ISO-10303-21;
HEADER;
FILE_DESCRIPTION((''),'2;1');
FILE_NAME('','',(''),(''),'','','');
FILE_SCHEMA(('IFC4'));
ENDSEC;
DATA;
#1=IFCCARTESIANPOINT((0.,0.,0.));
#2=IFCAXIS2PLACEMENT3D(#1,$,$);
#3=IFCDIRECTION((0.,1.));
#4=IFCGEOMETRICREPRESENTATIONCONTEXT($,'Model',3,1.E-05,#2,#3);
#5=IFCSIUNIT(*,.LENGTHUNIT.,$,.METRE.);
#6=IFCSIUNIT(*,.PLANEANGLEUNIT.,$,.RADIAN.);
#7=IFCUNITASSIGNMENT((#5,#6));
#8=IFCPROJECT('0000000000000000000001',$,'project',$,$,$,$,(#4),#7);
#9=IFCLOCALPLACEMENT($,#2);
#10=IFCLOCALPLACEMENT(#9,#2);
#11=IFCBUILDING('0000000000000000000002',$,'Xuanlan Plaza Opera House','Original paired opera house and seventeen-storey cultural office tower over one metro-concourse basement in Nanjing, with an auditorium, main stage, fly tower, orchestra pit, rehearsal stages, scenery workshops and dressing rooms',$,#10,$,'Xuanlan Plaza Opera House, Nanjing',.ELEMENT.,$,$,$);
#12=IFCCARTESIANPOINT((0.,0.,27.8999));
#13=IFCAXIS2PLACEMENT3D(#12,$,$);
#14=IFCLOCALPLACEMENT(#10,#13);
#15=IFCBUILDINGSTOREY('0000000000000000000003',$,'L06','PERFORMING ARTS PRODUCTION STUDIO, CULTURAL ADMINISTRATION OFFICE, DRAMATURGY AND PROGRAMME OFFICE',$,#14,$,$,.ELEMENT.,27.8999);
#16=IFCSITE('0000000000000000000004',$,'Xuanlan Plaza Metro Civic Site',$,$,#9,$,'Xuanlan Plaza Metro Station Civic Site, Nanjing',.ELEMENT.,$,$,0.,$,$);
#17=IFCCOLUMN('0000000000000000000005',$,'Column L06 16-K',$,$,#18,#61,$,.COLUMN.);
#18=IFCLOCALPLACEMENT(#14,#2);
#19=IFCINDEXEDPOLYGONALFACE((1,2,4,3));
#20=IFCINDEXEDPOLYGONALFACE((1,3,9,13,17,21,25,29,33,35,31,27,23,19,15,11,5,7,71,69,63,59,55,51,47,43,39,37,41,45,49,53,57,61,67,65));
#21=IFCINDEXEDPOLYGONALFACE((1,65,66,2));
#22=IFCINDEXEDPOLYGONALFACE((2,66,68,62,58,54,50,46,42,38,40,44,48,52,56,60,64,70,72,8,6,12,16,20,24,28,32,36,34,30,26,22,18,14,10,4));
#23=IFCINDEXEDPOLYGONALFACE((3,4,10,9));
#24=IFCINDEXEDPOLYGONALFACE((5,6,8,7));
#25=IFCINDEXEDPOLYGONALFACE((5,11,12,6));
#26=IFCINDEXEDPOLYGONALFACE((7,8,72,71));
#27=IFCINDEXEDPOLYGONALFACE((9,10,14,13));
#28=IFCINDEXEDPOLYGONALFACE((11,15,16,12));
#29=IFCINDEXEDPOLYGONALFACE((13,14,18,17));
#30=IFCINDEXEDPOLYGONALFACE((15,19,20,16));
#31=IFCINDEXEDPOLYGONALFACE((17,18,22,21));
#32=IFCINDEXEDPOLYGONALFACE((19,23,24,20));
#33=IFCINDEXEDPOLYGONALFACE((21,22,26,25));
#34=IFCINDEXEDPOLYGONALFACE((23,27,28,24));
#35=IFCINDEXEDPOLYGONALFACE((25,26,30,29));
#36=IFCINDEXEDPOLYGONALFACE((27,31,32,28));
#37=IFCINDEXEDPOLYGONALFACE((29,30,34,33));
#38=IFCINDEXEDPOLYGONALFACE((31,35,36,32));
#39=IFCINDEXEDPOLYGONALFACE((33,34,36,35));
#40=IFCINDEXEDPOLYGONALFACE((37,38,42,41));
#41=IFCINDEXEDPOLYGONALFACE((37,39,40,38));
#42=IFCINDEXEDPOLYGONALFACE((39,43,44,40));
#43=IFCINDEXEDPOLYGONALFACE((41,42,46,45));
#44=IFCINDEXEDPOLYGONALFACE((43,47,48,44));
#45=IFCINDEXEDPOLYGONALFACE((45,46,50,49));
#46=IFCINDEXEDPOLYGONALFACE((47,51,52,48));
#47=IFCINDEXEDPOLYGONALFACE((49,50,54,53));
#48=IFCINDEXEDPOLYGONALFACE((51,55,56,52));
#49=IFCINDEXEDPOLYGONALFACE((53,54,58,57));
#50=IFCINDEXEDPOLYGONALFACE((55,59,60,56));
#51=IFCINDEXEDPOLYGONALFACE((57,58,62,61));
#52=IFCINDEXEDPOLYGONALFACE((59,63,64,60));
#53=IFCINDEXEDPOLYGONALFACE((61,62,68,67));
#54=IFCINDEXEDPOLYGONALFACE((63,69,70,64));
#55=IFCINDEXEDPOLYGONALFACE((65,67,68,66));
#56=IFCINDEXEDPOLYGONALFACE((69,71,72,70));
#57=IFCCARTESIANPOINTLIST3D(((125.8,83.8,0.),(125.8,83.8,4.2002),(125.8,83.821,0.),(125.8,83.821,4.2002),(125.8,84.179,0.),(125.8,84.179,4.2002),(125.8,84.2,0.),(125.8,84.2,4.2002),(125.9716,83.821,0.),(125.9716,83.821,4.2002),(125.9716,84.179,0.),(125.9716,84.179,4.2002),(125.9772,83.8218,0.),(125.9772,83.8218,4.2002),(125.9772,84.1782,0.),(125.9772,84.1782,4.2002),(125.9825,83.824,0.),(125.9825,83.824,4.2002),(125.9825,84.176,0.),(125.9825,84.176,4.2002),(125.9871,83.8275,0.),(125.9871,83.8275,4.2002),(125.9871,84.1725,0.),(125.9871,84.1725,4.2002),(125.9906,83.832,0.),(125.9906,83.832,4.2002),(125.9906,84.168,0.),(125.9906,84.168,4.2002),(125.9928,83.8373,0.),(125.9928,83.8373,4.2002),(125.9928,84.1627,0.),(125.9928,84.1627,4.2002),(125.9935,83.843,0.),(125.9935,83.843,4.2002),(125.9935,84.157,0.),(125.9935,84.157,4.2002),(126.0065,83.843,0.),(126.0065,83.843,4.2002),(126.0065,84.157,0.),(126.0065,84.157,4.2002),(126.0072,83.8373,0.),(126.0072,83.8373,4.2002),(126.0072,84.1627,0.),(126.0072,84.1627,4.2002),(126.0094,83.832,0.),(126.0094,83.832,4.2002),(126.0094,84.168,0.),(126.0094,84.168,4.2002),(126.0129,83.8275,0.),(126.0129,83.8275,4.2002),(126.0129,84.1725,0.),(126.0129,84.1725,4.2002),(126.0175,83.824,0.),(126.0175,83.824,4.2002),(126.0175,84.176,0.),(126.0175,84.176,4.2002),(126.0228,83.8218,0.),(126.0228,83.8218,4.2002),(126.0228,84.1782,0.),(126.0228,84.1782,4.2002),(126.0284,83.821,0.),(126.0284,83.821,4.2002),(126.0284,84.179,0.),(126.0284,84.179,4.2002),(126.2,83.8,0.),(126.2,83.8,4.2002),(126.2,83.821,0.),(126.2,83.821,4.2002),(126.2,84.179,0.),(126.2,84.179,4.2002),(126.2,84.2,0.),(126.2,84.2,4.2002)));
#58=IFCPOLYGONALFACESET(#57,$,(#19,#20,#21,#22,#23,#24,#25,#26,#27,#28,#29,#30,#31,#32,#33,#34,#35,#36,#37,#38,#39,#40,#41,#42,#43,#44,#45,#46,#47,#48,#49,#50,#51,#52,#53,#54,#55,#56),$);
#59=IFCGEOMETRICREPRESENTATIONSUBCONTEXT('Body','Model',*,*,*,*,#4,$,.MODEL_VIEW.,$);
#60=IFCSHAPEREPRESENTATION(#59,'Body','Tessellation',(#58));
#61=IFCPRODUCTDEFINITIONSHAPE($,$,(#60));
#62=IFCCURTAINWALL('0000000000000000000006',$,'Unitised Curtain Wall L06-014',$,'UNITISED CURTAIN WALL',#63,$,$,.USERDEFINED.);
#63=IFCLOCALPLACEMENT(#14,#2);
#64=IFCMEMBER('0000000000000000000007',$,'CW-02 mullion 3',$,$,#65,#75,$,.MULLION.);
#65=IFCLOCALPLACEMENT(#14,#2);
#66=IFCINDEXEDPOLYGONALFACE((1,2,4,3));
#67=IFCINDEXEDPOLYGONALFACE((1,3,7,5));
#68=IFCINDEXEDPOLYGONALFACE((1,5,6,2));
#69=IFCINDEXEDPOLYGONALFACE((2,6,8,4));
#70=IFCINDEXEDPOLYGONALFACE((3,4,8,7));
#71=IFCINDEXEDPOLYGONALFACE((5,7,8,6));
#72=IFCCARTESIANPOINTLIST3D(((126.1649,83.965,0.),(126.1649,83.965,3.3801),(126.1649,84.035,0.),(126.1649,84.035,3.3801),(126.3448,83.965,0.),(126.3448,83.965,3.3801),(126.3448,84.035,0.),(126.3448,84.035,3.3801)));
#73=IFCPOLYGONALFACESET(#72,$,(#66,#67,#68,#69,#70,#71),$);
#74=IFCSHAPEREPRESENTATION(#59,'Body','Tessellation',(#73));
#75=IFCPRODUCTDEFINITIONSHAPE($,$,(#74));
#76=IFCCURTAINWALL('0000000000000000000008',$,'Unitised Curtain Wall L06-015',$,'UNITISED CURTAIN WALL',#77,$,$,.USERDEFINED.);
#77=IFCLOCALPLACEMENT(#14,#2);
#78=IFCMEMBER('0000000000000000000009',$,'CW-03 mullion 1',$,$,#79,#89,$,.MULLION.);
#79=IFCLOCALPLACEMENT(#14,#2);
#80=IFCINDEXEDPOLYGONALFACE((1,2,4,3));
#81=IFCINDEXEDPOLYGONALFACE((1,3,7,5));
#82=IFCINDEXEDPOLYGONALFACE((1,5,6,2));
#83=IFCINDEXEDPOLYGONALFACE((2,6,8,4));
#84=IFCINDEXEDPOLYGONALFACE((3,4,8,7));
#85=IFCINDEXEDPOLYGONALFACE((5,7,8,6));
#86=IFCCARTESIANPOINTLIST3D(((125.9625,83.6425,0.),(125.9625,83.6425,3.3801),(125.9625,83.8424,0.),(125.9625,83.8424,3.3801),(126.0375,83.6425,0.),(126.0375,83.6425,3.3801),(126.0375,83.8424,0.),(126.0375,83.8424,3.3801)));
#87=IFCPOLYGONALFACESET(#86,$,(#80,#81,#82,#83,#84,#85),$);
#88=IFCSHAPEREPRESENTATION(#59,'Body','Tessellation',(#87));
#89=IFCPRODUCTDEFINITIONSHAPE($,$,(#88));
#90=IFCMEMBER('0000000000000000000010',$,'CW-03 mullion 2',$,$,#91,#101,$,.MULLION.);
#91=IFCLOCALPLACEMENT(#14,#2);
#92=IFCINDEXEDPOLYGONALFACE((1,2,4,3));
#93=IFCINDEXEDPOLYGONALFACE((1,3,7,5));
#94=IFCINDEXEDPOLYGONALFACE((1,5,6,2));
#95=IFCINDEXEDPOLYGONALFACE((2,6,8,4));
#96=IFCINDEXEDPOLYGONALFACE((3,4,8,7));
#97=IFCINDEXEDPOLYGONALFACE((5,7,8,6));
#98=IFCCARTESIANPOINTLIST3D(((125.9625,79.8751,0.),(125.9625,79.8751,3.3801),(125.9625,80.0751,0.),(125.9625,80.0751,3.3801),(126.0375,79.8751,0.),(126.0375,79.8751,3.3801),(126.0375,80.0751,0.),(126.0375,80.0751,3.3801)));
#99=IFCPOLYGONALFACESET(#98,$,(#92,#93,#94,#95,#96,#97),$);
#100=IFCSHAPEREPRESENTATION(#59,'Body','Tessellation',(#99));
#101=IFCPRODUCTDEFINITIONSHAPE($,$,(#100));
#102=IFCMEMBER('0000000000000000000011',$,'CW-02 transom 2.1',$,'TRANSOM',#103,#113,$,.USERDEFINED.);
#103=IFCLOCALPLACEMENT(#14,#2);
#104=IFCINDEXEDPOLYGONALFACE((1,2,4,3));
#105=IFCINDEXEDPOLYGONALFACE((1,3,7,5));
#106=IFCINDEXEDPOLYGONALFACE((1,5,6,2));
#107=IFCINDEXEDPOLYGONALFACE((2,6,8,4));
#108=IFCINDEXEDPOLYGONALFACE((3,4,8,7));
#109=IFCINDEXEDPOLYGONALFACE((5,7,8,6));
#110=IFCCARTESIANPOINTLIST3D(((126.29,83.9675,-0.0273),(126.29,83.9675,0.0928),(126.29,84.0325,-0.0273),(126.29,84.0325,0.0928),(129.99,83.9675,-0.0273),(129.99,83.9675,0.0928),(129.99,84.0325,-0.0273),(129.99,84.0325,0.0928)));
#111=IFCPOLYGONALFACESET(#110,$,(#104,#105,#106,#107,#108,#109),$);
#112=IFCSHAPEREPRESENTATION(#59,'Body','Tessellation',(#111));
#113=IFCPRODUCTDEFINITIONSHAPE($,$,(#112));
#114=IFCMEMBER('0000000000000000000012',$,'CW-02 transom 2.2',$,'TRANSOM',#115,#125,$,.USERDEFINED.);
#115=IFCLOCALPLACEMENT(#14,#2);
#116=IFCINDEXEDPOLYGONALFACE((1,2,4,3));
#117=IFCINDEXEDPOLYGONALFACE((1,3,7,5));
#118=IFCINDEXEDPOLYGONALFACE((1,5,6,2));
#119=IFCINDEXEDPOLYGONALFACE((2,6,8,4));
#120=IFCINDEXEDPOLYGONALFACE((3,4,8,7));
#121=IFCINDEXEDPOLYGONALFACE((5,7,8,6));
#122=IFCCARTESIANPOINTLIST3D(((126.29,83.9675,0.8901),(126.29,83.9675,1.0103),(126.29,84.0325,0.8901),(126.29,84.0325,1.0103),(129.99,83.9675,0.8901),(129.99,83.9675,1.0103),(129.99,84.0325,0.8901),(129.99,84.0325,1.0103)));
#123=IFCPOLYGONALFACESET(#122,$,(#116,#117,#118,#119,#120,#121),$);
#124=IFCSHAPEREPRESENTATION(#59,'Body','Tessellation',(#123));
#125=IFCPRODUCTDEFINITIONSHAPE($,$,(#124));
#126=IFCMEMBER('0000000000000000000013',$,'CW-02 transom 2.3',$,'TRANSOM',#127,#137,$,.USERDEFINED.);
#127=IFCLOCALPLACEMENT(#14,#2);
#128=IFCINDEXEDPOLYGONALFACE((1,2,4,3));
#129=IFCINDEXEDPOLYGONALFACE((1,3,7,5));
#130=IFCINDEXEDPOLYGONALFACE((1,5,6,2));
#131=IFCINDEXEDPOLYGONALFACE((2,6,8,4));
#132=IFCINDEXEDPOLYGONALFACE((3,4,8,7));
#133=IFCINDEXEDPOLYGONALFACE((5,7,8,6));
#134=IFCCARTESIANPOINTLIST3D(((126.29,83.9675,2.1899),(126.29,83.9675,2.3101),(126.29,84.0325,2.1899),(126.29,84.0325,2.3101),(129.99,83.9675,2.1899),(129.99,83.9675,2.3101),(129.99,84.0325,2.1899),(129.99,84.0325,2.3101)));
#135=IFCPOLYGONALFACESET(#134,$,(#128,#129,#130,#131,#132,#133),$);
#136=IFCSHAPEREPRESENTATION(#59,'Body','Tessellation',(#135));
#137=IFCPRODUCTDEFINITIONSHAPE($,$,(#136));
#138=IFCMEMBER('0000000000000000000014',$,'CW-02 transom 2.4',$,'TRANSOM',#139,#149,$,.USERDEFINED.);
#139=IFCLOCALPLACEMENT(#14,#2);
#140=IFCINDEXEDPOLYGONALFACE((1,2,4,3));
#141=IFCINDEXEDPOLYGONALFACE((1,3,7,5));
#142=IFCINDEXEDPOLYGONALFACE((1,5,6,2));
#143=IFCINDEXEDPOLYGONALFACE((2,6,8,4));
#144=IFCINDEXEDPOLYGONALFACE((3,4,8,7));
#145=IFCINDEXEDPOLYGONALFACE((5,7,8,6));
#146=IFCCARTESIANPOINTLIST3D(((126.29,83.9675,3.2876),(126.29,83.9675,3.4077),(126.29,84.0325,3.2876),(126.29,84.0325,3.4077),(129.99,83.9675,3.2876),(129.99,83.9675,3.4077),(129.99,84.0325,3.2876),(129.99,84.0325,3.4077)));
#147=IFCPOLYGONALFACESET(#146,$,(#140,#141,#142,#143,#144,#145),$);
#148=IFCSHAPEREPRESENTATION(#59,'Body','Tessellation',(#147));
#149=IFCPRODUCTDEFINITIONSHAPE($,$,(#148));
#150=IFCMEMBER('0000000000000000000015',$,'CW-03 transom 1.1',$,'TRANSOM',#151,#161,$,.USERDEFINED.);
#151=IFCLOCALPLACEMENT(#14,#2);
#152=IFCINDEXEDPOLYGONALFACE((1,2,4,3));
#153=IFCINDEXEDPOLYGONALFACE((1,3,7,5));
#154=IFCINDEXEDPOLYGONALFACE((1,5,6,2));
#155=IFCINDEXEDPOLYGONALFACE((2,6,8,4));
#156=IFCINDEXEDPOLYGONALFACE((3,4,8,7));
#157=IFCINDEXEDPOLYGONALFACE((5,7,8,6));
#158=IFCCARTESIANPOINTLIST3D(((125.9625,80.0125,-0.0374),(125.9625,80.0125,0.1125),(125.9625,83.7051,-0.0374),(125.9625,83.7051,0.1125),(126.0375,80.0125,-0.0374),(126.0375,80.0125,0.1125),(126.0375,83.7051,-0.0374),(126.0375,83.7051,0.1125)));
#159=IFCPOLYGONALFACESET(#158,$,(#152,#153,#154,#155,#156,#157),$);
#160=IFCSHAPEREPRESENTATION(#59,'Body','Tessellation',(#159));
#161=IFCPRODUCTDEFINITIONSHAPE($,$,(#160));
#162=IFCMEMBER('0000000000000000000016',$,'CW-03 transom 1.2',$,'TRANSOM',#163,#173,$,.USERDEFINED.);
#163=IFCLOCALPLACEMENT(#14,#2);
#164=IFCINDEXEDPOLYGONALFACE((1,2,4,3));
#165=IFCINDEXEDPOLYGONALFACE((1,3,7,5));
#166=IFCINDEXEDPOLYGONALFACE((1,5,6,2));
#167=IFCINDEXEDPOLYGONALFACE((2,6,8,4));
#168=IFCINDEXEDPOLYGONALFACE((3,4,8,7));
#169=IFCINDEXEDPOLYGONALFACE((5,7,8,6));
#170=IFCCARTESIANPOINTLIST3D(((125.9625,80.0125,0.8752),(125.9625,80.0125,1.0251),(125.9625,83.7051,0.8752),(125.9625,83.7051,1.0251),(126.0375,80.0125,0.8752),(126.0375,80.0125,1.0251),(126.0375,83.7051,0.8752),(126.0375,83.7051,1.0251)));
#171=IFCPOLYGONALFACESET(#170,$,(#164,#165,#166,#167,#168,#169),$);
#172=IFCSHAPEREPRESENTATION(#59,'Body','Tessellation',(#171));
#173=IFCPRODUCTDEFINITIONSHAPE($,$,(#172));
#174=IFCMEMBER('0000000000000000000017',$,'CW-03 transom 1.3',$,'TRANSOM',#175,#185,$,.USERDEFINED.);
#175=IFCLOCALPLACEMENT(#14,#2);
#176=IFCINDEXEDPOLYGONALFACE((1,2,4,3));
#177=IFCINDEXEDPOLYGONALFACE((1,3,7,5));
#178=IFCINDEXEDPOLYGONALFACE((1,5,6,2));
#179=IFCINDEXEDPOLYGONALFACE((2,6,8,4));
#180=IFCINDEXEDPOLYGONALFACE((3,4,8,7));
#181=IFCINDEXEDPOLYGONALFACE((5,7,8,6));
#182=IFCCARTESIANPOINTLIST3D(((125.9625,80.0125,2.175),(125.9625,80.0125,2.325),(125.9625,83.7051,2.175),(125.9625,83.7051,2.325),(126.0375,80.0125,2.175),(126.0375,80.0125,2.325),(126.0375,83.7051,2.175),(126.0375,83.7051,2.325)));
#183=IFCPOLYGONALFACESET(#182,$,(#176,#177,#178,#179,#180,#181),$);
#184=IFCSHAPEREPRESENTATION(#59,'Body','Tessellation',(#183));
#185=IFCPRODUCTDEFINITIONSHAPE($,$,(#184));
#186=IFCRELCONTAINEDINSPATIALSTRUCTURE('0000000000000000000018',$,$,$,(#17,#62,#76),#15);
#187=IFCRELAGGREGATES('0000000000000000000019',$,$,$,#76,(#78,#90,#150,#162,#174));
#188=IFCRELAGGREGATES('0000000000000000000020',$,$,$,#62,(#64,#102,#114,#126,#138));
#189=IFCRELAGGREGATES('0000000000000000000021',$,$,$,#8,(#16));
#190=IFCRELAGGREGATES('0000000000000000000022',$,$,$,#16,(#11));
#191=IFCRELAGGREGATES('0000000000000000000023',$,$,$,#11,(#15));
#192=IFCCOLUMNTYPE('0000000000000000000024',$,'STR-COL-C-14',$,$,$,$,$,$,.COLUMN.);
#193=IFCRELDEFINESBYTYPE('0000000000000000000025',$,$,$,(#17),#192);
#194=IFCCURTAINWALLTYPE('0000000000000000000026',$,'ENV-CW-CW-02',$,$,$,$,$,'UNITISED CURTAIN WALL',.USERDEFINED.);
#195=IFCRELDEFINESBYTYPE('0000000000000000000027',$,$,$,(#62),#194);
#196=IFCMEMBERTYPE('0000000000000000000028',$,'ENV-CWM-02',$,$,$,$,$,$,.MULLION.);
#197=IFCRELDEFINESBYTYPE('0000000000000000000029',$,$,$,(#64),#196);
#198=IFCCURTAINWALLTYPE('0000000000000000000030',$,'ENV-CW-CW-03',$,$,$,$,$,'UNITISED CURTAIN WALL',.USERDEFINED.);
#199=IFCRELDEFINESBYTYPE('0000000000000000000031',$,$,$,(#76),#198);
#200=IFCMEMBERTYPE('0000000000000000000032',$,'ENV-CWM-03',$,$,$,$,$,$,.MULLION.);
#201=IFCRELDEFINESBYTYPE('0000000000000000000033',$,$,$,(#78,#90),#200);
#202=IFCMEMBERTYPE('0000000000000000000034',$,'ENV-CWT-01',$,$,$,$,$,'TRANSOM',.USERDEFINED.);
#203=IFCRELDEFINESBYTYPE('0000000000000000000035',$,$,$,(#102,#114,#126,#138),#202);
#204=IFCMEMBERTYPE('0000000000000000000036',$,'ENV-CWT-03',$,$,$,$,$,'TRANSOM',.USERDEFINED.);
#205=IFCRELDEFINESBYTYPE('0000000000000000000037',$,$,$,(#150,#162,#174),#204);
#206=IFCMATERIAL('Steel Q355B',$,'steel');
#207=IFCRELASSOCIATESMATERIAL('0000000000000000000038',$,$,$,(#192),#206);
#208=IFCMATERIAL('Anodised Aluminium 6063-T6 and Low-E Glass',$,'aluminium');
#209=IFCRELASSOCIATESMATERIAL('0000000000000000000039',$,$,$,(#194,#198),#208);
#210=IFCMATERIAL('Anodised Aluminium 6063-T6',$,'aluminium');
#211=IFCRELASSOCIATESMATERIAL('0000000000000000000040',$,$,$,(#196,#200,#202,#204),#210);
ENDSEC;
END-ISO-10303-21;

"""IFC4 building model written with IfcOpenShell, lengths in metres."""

from ifc_helpers import new_model, si_unit, direction, frame, origin, origin_2d, place, context, subcontext, project, spatial, rectangle, i_section, extrude, material, material_profile, profile_set, type_object, element, aggregate, save


model = new_model("IFC4")

# Units and contexts
model_context = context("Model", 3, precision=1e-05, world=origin(), true_north=direction((0.0, 1.0)))
body_context = subcontext(model_context, "Body", "Model", "MODEL_VIEW")
ifc_project = project(units=[si_unit("LENGTHUNIT", "METRE"), si_unit("PLANEANGLEUNIT", "RADIAN")], contexts=[model_context])

# Site, building, storey
site_placement = place(None, origin())
site = spatial("IfcSite", under=ifc_project, at=site_placement, Name="Xuanlan Plaza Metro Civic Site", LongName="Xuanlan Plaza Metro Station Civic Site, Nanjing", CompositionType="ELEMENT", RefElevation=0.0)
building_placement = place(site_placement, origin())
building = spatial("IfcBuilding", under=site, at=building_placement, Name="Xuanlan Plaza Opera House", Description="Original paired opera house and seventeen-storey cultural office tower over one metro-concourse basement in Nanjing, with an auditorium, main stage, fly tower, orchestra pit, rehearsal stages, scenery workshops and dressing rooms", LongName="Xuanlan Plaza Opera House, Nanjing", CompositionType="ELEMENT")
storey_placement = place(building_placement, frame((0.0, 0.0, 27.8999)))
storey = spatial("IfcBuildingStorey", under=building, at=storey_placement, Name="L06", Description="PERFORMING ARTS PRODUCTION STUDIO, CULTURAL ADMINISTRATION OFFICE, DRAMATURGY AND PROGRAMME OFFICE", CompositionType="ELEMENT", Elevation=27.8999)

# Column
ifc_material_1 = material(Name="Steel Q355B", Category="steel")
ifc_material_profile_1 = material_profile(ifc_material_1, i_section(OverallWidth=0.3999, OverallDepth=0.3999, WebThickness=0.0129, FlangeThickness=0.021, FilletRadius=0.022, at=origin_2d()), Name="HW 400x400x13x21")
ifc_profile_set_1 = profile_set([ifc_material_profile_1], Name="Steel Q355B")
column_type = type_object("IfcColumnType", Name="STR-COL-C-14", PredefinedType="COLUMN", material=ifc_profile_set_1)
column_placement = place(storey_placement, frame((126.0, 84.0, 0.0), z_axis=(0.0, 0.0, 1.0), x_axis=(1.0, 0.0, 0.0)))
element("IfcColumn", 1, at=column_placement, inside=storey, type_object=column_type, Name="Column L06 16-K", PredefinedType="COLUMN", context=body_context, shape_type="SweptSolid", body=[
    extrude(i_section(OverallWidth=0.3999, OverallDepth=0.3999, WebThickness=0.0129, FlangeThickness=0.021, FilletRadius=0.022, at=origin_2d()), origin(), (0.0, 0.0, 1.0), 4.2002),
])

# Curtain wall, member
ifc_material_2 = material(Name="Anodised Aluminium 6063-T6 and Low-E Glass", Category="aluminium")
curtain_wall_type_1 = type_object("IfcCurtainWallType", Name="ENV-CW-CW-02", ElementType="UNITISED CURTAIN WALL", PredefinedType="USERDEFINED", material=ifc_material_2)
curtain_wall_1_placement = place(storey_placement, origin())
curtain_wall_1 = element("IfcCurtainWall", 2, at=curtain_wall_1_placement, inside=storey, type_object=curtain_wall_type_1, Name="Unitised Curtain Wall L06-014", ObjectType="UNITISED CURTAIN WALL", PredefinedType="USERDEFINED")
ifc_material_3 = material(Name="Anodised Aluminium 6063-T6", Category="aluminium")
ifc_material_profile_2 = material_profile(ifc_material_3, rectangle(XDim=0.0701, YDim=0.1799, at=origin_2d()), Name="ALU-M 70x180")
ifc_profile_set_2 = profile_set([ifc_material_profile_2], Name="Anodised Aluminium 6063-T6")
member_type_1 = type_object("IfcMemberType", Name="ENV-CWM-02", PredefinedType="MULLION", material=ifc_profile_set_2)
member_1_placement = place(storey_placement, frame((126.2549, 84.0, 0.0), z_axis=(0.0, 0.0, 1.0), x_axis=(0.0, -1.0, 0.0)))
member_1 = element("IfcMember", 3, at=member_1_placement, type_object=member_type_1, Name="CW-02 mullion 3", PredefinedType="MULLION", context=body_context, shape_type="SweptSolid", body=[
    extrude(rectangle(XDim=0.0701, YDim=0.1799, at=origin_2d()), origin(), (0.0, 0.0, 1.0), 3.3801),
])

# Curtain wall, members
curtain_wall_type_2 = type_object("IfcCurtainWallType", Name="ENV-CW-CW-03", ElementType="UNITISED CURTAIN WALL", PredefinedType="USERDEFINED", material=ifc_material_2)
curtain_wall_2_placement = place(storey_placement, origin())
curtain_wall_2 = element("IfcCurtainWall", 4, at=curtain_wall_2_placement, inside=storey, type_object=curtain_wall_type_2, Name="Unitised Curtain Wall L06-015", ObjectType="UNITISED CURTAIN WALL", PredefinedType="USERDEFINED")
ifc_material_profile_3 = material_profile(ifc_material_3, rectangle(XDim=0.075, YDim=0.2, at=origin_2d()), Name="ALU-M 75x200")
ifc_profile_set_3 = profile_set([ifc_material_profile_3], Name="Anodised Aluminium 6063-T6")
member_type_2 = type_object("IfcMemberType", Name="ENV-CWM-03", PredefinedType="MULLION", material=ifc_profile_set_3)
member_2_placement = place(storey_placement, frame((126.0, 83.7424, 0.0), z_axis=(0.0, 0.0, 1.0), x_axis=(1.0, 0.0, 0.0)))
member_2 = element("IfcMember", 5, at=member_2_placement, type_object=member_type_2, Name="CW-03 mullion 1", PredefinedType="MULLION", context=body_context, shape_type="SweptSolid", body=[
    extrude(rectangle(XDim=0.075, YDim=0.2, at=origin_2d()), origin(), (0.0, 0.0, 1.0), 3.3801),
])
member_3_placement = place(storey_placement, frame((126.0, 79.9751, 0.0), z_axis=(0.0, 0.0, 1.0), x_axis=(1.0, 0.0, 0.0)))
member_3 = element("IfcMember", 6, at=member_3_placement, type_object=member_type_2, Name="CW-03 mullion 2", PredefinedType="MULLION", context=body_context, shape_type="SweptSolid", body=[
    extrude(rectangle(XDim=0.075, YDim=0.2, at=origin_2d()), origin(), (0.0, 0.0, 1.0), 3.3801),
])

# Members
ifc_material_profile_4 = material_profile(ifc_material_3, rectangle(XDim=0.0649, YDim=0.1201, at=origin_2d()), Name="ALU-T 65x120")
ifc_profile_set_4 = profile_set([ifc_material_profile_4], Name="Anodised Aluminium 6063-T6")
member_type_3 = type_object("IfcMemberType", Name="ENV-CWT-01", ElementType="TRANSOM", PredefinedType="USERDEFINED", material=ifc_profile_set_4)
member_4_placement = place(storey_placement, frame((129.99, 84.0, 0.0327), z_axis=(-1.0, 0.0, 0.0), x_axis=(0.0, -1.0, 0.0)))
member_4 = element("IfcMember", 7, at=member_4_placement, type_object=member_type_3, Name="CW-02 transom 2.1", ObjectType="TRANSOM", PredefinedType="USERDEFINED", context=body_context, shape_type="SweptSolid", body=[
    extrude(rectangle(XDim=0.0649, YDim=0.1201, at=origin_2d()), origin(), (0.0, 0.0, 1.0), 3.7),
])
member_5_placement = place(storey_placement, frame((129.99, 84.0, 0.9502), z_axis=(-1.0, 0.0, 0.0), x_axis=(0.0, -1.0, 0.0)))
member_5 = element("IfcMember", 8, at=member_5_placement, type_object=member_type_3, Name="CW-02 transom 2.2", ObjectType="TRANSOM", PredefinedType="USERDEFINED", context=body_context, shape_type="SweptSolid", body=[
    extrude(rectangle(XDim=0.0649, YDim=0.1201, at=origin_2d()), origin(), (0.0, 0.0, 1.0), 3.7),
])
member_6_placement = place(storey_placement, frame((129.99, 84.0, 2.25), z_axis=(-1.0, 0.0, 0.0), x_axis=(0.0, -1.0, 0.0)))
member_6 = element("IfcMember", 9, at=member_6_placement, type_object=member_type_3, Name="CW-02 transom 2.3", ObjectType="TRANSOM", PredefinedType="USERDEFINED", context=body_context, shape_type="SweptSolid", body=[
    extrude(rectangle(XDim=0.0649, YDim=0.1201, at=origin_2d()), origin(), (0.0, 0.0, 1.0), 3.7),
])
member_7_placement = place(storey_placement, frame((129.99, 84.0, 3.3477), z_axis=(-1.0, 0.0, 0.0), x_axis=(0.0, -1.0, 0.0)))
member_7 = element("IfcMember", 10, at=member_7_placement, type_object=member_type_3, Name="CW-02 transom 2.4", ObjectType="TRANSOM", PredefinedType="USERDEFINED", context=body_context, shape_type="SweptSolid", body=[
    extrude(rectangle(XDim=0.0649, YDim=0.1201, at=origin_2d()), origin(), (0.0, 0.0, 1.0), 3.7),
])
ifc_material_profile_5 = material_profile(ifc_material_3, rectangle(XDim=0.075, YDim=0.1499, at=origin_2d()), Name="ALU-T 75x150")
ifc_profile_set_5 = profile_set([ifc_material_profile_5], Name="Anodised Aluminium 6063-T6")
member_type_4 = type_object("IfcMemberType", Name="ENV-CWT-03", ElementType="TRANSOM", PredefinedType="USERDEFINED", material=ifc_profile_set_5)
member_8_placement = place(storey_placement, frame((126.0, 83.7051, 0.0376), z_axis=(0.0, -1.0, 0.0), x_axis=(1.0, 0.0, 0.0)))
member_8 = element("IfcMember", 11, at=member_8_placement, type_object=member_type_4, Name="CW-03 transom 1.1", ObjectType="TRANSOM", PredefinedType="USERDEFINED", context=body_context, shape_type="SweptSolid", body=[
    extrude(rectangle(XDim=0.075, YDim=0.1499, at=origin_2d()), origin(), (0.0, 0.0, 1.0), 3.6926),
])
member_9_placement = place(storey_placement, frame((126.0, 83.7051, 0.9502), z_axis=(0.0, -1.0, 0.0), x_axis=(1.0, 0.0, 0.0)))
member_9 = element("IfcMember", 12, at=member_9_placement, type_object=member_type_4, Name="CW-03 transom 1.2", ObjectType="TRANSOM", PredefinedType="USERDEFINED", context=body_context, shape_type="SweptSolid", body=[
    extrude(rectangle(XDim=0.075, YDim=0.1499, at=origin_2d()), origin(), (0.0, 0.0, 1.0), 3.6926),
])
member_10_placement = place(storey_placement, frame((126.0, 83.7051, 2.25), z_axis=(0.0, -1.0, 0.0), x_axis=(1.0, 0.0, 0.0)))
member_10 = element("IfcMember", 13, at=member_10_placement, type_object=member_type_4, Name="CW-03 transom 1.3", ObjectType="TRANSOM", PredefinedType="USERDEFINED", context=body_context, shape_type="SweptSolid", body=[
    extrude(rectangle(XDim=0.075, YDim=0.1499, at=origin_2d()), origin(), (0.0, 0.0, 1.0), 3.6926),
])

aggregate(curtain_wall_2, [member_2, member_3, member_8, member_9, member_10])
aggregate(curtain_wall_1, [member_1, member_4, member_5, member_6, member_7])

save(model, "model.ifc")
